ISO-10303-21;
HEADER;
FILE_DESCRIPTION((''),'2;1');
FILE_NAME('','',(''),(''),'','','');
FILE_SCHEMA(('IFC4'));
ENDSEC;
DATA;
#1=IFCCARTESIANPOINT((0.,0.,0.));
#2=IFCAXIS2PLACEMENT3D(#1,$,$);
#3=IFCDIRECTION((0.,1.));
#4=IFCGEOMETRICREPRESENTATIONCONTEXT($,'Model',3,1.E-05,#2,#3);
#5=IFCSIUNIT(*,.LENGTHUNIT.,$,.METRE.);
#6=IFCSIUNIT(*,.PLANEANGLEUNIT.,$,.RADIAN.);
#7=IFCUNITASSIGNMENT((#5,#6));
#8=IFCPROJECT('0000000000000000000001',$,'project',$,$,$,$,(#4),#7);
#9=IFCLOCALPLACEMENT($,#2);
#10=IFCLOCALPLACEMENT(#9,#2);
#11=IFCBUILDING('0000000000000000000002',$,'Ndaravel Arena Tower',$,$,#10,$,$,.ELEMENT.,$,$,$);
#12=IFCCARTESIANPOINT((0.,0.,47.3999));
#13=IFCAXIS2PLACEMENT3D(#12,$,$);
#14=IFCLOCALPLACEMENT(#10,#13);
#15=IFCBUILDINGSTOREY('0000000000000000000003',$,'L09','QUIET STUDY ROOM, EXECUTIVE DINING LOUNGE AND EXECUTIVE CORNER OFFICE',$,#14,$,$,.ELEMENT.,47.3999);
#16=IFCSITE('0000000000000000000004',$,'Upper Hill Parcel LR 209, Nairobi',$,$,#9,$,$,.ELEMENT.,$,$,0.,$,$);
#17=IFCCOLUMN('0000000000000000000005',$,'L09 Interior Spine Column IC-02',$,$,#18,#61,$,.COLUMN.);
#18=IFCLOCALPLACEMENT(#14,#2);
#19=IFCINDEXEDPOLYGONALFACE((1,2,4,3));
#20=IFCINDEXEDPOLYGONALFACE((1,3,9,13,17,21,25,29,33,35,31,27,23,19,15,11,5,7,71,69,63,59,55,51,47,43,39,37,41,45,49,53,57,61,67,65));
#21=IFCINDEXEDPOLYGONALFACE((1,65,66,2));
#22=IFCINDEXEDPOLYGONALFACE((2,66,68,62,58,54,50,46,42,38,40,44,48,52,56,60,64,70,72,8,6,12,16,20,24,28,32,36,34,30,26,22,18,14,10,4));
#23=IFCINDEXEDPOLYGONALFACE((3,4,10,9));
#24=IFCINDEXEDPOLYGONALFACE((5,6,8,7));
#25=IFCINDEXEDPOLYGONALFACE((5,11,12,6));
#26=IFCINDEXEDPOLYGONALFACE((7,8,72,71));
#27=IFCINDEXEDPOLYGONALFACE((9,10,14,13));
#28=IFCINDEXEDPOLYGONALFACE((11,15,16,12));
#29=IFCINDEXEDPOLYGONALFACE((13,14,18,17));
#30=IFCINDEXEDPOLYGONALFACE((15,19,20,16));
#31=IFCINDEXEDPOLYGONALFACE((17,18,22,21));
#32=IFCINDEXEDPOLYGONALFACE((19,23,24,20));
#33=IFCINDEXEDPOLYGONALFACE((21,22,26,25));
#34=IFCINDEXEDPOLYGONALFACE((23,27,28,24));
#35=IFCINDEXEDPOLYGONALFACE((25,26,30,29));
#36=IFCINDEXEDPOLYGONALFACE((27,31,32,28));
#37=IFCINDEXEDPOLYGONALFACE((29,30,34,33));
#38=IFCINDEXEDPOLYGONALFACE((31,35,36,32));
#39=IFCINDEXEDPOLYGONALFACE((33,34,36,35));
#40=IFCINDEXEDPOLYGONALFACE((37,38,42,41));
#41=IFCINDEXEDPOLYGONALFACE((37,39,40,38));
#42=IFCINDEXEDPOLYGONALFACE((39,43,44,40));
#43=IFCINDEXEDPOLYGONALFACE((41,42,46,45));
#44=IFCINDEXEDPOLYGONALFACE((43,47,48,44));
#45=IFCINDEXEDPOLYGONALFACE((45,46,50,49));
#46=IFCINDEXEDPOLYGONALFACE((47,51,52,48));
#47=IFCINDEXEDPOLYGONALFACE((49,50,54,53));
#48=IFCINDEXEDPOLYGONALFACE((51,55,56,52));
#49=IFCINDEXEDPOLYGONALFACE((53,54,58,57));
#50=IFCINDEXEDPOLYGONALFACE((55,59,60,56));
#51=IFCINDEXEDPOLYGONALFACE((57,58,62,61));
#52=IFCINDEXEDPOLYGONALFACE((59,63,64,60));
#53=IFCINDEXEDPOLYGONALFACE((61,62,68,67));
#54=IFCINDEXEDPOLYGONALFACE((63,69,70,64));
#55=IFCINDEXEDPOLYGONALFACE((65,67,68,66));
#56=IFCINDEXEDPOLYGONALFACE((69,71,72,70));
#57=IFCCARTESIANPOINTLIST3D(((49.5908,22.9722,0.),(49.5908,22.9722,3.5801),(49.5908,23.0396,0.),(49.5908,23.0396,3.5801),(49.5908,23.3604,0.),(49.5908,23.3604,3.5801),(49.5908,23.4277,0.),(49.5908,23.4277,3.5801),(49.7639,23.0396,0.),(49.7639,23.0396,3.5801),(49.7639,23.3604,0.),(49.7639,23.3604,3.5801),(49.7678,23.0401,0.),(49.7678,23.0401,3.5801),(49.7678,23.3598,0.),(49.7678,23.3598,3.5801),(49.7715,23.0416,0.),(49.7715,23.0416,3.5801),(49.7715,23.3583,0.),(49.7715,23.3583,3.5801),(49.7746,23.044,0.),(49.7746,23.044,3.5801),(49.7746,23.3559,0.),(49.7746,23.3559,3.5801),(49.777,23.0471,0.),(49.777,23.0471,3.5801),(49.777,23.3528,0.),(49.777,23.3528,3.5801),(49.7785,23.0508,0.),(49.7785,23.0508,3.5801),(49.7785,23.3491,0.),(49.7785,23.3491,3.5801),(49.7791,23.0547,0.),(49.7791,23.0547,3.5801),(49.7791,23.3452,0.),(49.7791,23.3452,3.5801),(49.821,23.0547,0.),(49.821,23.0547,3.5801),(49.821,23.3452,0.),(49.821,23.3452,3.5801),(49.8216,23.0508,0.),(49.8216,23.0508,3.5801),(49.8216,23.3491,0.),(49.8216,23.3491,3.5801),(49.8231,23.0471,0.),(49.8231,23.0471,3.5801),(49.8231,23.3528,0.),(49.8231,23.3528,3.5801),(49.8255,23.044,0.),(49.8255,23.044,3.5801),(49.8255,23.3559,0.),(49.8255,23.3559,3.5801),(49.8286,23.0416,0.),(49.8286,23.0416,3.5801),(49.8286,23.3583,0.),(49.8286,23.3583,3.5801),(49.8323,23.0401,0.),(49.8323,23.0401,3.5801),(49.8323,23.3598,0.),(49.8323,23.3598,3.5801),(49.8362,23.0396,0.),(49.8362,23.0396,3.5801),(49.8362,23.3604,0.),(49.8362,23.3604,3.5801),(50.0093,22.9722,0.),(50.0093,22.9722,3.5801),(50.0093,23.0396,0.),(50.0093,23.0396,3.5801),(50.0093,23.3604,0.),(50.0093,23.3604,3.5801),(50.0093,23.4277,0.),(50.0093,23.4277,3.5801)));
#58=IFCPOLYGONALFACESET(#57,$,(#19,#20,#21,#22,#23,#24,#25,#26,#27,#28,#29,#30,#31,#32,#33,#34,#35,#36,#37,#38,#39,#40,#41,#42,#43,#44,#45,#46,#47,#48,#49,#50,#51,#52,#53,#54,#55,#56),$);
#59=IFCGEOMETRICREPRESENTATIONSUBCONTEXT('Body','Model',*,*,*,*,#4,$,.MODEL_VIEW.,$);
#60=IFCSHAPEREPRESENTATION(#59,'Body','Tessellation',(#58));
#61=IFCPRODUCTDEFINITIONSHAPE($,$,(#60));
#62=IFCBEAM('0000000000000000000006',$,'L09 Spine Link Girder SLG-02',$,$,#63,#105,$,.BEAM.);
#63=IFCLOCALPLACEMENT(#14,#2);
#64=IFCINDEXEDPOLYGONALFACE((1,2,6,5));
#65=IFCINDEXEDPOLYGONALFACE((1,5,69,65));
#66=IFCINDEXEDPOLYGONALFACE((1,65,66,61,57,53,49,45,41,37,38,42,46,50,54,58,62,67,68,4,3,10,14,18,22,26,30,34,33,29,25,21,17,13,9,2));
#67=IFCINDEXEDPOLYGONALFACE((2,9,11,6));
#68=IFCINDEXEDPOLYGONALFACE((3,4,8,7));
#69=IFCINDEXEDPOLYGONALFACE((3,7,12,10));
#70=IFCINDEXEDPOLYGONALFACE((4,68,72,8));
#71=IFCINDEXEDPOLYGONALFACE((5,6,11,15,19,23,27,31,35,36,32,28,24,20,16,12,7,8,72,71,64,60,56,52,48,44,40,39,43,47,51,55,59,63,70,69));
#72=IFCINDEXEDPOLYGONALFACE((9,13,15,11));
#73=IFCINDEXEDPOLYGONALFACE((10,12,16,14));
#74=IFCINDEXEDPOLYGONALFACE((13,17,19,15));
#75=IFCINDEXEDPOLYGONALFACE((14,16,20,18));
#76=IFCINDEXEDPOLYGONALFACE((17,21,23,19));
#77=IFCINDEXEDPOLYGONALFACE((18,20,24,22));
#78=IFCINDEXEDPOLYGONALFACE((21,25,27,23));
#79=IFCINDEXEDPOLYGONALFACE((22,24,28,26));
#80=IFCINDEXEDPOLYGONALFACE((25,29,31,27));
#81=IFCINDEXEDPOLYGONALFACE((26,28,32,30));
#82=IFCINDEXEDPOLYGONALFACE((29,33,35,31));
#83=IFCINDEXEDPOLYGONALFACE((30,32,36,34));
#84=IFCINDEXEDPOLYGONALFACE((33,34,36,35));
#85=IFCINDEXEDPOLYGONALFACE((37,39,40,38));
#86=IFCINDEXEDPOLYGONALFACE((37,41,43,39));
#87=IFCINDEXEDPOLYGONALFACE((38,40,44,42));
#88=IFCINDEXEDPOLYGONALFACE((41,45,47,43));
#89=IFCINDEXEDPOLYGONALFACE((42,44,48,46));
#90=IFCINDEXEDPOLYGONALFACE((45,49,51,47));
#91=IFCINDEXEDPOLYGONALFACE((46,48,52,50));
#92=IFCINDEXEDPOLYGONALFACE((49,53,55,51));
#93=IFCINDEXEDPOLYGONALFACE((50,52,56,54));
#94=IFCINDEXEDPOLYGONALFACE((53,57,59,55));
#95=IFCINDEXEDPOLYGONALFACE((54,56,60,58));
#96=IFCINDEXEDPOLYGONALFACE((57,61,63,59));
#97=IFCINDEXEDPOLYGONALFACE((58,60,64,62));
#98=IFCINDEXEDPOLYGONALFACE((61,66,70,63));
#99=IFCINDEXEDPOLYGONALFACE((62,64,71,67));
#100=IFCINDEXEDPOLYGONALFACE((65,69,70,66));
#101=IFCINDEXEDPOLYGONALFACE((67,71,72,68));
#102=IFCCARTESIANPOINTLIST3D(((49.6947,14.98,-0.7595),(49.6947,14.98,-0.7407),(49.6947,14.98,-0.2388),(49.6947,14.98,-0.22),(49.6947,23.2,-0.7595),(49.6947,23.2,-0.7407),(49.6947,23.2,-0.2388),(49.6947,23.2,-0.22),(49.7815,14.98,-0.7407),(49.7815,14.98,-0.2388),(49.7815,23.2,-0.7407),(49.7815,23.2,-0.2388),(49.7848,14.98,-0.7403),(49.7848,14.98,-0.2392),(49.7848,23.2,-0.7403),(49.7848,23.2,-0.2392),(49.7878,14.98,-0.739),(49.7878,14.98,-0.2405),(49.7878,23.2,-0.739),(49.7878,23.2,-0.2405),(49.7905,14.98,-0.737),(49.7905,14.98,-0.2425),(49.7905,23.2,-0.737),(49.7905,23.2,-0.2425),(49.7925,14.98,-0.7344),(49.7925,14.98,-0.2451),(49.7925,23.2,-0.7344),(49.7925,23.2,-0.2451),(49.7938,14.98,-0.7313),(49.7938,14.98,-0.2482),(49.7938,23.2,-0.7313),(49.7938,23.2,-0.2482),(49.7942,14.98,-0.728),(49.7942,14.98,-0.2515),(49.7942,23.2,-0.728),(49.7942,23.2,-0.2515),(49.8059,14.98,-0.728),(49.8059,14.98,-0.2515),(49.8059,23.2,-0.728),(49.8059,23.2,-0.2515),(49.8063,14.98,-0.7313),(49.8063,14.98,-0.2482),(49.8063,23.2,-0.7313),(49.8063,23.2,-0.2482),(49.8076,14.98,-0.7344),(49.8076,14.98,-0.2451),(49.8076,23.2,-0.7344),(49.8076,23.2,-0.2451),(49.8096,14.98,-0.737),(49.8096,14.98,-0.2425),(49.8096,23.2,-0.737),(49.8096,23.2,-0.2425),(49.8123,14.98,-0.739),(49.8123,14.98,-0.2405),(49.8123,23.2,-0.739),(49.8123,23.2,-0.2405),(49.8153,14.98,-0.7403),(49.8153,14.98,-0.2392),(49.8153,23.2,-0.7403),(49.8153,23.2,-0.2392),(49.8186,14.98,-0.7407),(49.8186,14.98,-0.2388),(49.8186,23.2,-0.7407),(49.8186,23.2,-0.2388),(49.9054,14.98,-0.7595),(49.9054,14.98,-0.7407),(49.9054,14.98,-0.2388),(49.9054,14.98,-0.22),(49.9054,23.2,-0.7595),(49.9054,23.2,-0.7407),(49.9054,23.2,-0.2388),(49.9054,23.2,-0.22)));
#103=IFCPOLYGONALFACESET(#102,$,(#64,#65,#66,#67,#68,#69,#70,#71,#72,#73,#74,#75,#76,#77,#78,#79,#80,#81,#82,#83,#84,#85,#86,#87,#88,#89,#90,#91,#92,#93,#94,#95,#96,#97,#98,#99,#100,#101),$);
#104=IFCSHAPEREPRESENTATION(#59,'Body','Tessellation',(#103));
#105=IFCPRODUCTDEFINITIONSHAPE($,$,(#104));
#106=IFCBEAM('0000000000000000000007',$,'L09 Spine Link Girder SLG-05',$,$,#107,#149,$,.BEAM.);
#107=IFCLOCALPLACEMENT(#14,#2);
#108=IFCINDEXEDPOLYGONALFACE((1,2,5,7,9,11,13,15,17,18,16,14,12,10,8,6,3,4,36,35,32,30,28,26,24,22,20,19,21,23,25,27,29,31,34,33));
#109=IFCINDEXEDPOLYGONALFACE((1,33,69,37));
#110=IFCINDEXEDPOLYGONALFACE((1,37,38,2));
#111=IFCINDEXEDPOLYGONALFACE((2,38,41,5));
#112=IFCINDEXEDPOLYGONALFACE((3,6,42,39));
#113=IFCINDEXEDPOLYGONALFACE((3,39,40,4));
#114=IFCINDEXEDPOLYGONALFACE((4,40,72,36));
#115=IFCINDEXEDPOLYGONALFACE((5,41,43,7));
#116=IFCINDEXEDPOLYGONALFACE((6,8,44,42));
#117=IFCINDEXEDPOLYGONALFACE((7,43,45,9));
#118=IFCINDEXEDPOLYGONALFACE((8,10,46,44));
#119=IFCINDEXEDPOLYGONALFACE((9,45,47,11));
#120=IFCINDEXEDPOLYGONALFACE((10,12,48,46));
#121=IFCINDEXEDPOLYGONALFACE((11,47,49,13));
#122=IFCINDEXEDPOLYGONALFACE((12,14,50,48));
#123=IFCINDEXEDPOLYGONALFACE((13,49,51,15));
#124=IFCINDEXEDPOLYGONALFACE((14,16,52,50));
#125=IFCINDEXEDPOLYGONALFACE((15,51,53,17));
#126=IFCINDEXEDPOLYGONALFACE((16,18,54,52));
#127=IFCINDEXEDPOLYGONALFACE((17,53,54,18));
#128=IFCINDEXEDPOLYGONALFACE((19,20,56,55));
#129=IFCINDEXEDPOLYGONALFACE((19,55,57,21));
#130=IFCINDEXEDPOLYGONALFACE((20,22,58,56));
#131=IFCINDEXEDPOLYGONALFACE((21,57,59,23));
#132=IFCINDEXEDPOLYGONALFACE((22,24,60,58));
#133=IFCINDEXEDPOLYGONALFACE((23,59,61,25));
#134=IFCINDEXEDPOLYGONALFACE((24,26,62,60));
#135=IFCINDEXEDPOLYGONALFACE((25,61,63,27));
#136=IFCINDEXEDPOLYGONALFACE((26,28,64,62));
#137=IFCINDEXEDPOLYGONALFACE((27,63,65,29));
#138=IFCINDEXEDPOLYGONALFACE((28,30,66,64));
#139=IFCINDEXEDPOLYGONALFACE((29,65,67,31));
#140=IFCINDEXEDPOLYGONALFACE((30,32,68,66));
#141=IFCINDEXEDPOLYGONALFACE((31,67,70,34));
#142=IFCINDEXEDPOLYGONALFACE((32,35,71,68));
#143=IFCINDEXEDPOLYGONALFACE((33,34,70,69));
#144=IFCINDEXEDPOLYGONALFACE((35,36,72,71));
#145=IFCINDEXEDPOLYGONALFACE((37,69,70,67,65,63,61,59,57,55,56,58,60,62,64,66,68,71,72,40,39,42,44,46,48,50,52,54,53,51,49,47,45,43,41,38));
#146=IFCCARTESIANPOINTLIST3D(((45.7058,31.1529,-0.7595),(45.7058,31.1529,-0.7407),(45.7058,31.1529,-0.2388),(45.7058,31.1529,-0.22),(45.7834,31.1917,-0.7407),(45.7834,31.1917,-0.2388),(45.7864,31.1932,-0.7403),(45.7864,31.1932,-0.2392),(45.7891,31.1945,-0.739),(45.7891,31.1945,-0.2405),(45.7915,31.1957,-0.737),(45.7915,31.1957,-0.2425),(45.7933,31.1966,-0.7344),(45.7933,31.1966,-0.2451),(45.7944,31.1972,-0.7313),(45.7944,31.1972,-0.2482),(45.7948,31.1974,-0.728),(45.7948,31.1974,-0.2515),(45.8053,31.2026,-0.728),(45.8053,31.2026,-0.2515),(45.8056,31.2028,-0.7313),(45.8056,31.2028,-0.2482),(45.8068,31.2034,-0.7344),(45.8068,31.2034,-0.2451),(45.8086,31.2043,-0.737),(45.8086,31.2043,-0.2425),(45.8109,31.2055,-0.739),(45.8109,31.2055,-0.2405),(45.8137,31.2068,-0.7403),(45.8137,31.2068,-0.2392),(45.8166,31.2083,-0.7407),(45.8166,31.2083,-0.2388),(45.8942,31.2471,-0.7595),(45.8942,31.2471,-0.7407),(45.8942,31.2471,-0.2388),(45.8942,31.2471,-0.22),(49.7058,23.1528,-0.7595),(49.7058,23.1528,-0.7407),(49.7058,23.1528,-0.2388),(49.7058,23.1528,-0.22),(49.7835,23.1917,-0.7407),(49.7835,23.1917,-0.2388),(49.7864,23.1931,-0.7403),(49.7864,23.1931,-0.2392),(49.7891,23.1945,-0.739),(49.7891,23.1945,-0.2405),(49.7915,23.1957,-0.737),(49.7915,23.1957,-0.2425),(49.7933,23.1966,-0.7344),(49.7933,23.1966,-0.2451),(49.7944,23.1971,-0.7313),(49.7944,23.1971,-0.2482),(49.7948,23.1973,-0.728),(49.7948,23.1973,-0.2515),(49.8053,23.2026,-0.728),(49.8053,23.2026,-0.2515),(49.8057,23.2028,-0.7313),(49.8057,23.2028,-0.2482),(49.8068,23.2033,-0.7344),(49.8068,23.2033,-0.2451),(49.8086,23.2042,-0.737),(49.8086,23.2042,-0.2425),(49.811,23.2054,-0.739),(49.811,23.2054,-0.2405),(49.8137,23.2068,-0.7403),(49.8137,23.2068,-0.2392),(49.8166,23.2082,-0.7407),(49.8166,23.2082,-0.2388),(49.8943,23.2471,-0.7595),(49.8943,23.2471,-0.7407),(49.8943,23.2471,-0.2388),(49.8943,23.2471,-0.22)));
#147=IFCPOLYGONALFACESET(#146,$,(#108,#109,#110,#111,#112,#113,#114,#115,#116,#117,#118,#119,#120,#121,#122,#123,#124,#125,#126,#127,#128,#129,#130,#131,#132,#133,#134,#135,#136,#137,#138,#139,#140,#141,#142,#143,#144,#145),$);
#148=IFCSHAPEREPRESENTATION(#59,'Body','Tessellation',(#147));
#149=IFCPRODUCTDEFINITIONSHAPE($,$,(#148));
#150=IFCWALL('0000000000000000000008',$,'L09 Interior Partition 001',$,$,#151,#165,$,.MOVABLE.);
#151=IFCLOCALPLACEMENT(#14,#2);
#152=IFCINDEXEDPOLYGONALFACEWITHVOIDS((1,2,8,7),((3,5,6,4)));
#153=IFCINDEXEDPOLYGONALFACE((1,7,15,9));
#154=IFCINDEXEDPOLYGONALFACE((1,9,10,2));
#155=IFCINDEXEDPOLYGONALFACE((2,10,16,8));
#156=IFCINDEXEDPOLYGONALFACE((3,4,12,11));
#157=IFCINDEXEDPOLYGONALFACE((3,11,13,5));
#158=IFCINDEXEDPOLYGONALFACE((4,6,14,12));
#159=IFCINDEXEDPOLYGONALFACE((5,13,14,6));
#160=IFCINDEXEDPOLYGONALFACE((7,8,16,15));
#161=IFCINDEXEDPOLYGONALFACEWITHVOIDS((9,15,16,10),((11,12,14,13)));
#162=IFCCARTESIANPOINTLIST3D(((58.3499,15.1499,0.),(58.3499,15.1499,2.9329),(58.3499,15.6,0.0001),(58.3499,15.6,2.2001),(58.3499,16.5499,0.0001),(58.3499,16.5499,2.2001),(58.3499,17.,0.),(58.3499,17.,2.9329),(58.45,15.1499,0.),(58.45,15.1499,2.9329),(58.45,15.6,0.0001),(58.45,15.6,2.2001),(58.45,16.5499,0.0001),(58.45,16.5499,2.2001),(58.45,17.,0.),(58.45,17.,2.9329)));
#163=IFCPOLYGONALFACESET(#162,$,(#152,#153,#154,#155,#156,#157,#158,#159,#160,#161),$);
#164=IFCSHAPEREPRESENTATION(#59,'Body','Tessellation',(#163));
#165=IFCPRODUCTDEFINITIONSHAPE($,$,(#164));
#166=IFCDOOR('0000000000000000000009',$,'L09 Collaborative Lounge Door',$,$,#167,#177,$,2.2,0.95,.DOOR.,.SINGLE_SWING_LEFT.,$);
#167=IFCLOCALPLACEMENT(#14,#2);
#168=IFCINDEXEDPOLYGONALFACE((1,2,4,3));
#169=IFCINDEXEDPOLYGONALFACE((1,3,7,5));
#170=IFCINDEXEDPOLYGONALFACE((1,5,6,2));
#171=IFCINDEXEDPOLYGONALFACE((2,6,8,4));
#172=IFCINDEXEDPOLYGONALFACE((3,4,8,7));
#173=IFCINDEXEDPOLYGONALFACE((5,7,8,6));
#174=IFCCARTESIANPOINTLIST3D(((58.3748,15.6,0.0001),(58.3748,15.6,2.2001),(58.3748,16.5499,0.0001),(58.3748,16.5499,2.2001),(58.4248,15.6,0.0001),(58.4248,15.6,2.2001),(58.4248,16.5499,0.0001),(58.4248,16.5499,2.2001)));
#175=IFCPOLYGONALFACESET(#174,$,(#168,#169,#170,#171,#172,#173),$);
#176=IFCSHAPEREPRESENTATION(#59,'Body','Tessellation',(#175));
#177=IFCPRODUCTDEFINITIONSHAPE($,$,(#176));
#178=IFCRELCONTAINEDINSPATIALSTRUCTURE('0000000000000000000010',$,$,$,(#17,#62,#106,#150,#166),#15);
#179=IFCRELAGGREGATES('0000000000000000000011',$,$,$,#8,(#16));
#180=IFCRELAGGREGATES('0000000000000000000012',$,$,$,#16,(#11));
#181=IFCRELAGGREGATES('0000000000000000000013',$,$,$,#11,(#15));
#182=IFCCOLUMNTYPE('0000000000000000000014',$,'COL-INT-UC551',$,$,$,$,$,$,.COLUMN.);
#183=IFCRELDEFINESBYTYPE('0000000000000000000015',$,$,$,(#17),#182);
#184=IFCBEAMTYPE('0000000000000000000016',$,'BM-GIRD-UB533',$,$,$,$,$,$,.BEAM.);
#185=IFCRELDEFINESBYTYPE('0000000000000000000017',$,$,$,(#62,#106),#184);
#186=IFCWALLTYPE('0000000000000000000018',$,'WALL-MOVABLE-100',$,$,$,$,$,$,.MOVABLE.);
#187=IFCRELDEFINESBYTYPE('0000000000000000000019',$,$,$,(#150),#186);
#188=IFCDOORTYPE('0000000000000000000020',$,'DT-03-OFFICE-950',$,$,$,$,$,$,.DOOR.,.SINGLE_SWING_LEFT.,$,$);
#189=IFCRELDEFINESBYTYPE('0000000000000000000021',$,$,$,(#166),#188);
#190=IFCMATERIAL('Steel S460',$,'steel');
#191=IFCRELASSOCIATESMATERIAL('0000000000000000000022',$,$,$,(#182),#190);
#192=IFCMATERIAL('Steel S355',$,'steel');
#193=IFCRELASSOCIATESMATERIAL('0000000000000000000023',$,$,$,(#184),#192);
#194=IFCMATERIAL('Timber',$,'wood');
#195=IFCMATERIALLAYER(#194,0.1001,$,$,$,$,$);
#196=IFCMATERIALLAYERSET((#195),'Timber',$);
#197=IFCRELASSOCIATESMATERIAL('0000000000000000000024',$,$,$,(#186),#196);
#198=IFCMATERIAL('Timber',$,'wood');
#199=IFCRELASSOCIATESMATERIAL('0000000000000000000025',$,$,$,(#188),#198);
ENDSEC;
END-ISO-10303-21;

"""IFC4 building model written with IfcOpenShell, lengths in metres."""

from ifc_helpers import new_model, si_unit, direction, frame, frame_2d, origin, origin_2d, place, context, subcontext, project, spatial, rectangle, i_section, extrude, material, layer, layer_set, material_profile, profile_set, type_object, element, fill, save


model = new_model("IFC4")

# Units and contexts
model_context = context("Model", 3, precision=1e-05, world=origin(), true_north=direction((0.0, 1.0)))
body_context = subcontext(model_context, "Body", "Model", "MODEL_VIEW")
ifc_project = project(units=[si_unit("LENGTHUNIT", "METRE"), si_unit("PLANEANGLEUNIT", "RADIAN")], contexts=[model_context])

# Site, building, storey
site_placement = place(None, origin())
site = spatial("IfcSite", under=ifc_project, at=site_placement, Name="Upper Hill Parcel LR 209, Nairobi", CompositionType="ELEMENT", RefElevation=0.0)
building_placement = place(site_placement, origin())
building = spatial("IfcBuilding", under=site, at=building_placement, Name="Ndaravel Arena Tower", CompositionType="ELEMENT")
storey_placement = place(building_placement, frame((0.0, 0.0, 47.3999)))
storey = spatial("IfcBuildingStorey", under=building, at=storey_placement, Name="L09", Description="QUIET STUDY ROOM, EXECUTIVE DINING LOUNGE AND EXECUTIVE CORNER OFFICE", CompositionType="ELEMENT", Elevation=47.3999)

# Column
ifc_material_1 = material(Name="Steel S460", Category="steel")
ifc_material_profile_1 = material_profile(ifc_material_1, i_section(OverallWidth=0.4185, OverallDepth=0.4556, WebThickness=0.042, FlangeThickness=0.0674, FilletRadius=0.0151, at=origin_2d()), Name="UC 356x406x551")
ifc_profile_set_1 = profile_set([ifc_material_profile_1], Name="Steel S460")
column_type = type_object("IfcColumnType", Name="COL-INT-UC551", PredefinedType="COLUMN", material=ifc_profile_set_1)
column_placement = place(storey_placement, frame((49.8, 23.2, 0.0), z_axis=(0.0, 0.0, 1.0), x_axis=(1.0, 0.0, 0.0)))
element("IfcColumn", 1, at=column_placement, inside=storey, type_object=column_type, Name="L09 Interior Spine Column IC-02", PredefinedType="COLUMN", context=body_context, shape_type="SweptSolid", body=[
    extrude(i_section(OverallWidth=0.4185, OverallDepth=0.4556, WebThickness=0.042, FlangeThickness=0.0674, FilletRadius=0.0151, at=origin_2d()), origin(), (0.0, 0.0, 1.0), 3.5801),
])

# Beams
ifc_material_2 = material(Name="Steel S355", Category="steel")
ifc_material_profile_2 = material_profile(ifc_material_2, i_section(OverallWidth=0.2107, OverallDepth=0.5396, WebThickness=0.0117, FlangeThickness=0.0188, FilletRadius=0.0127, at=origin_2d()), Name="UB 533x210x109")
ifc_profile_set_2 = profile_set([ifc_material_profile_2], Name="Steel S355")
beam_type = type_object("IfcBeamType", Name="BM-GIRD-UB533", PredefinedType="BEAM", material=ifc_profile_set_2)
beam_1_placement = place(storey_placement, frame((49.8, 14.98, -0.4897), z_axis=(0.0, 1.0, 0.0), x_axis=(-1.0, 0.0, 0.0)))
element("IfcBeam", 2, at=beam_1_placement, inside=storey, type_object=beam_type, Name="L09 Spine Link Girder SLG-02", PredefinedType="BEAM", context=body_context, shape_type="SweptSolid", body=[
    extrude(i_section(OverallWidth=0.2107, OverallDepth=0.5396, WebThickness=0.0117, FlangeThickness=0.0188, FilletRadius=0.0127, at=origin_2d()), origin(), (0.0, 0.0, 1.0), 8.22),
])
beam_2_placement = place(storey_placement, frame((49.8, 23.2, -0.4897), z_axis=(-0.447214, 0.894427, 0.0), x_axis=(-0.894427, -0.447214, 0.0)))
element("IfcBeam", 3, at=beam_2_placement, inside=storey, type_object=beam_type, Name="L09 Spine Link Girder SLG-05", PredefinedType="BEAM", context=body_context, shape_type="SweptSolid", body=[
    extrude(i_section(OverallWidth=0.2107, OverallDepth=0.5396, WebThickness=0.0117, FlangeThickness=0.0188, FilletRadius=0.0127, at=origin_2d()), origin(), (0.0, 0.0, 1.0), 8.9443),
])

# Wall, opening, door
ifc_material_3 = material(Name="Timber", Category="wood")
ifc_layer_1 = layer(ifc_material_3, 0.1001)
ifc_layer_set_1 = layer_set([ifc_layer_1], Name="Timber")
wall_type_1 = type_object("IfcWallType", Name="WALL-MOVABLE-100", PredefinedType="MOVABLE", material=ifc_layer_set_1)
wall_1_placement = place(storey_placement, frame((58.3999, 17.0, 0.0), z_axis=(0.0, 0.0, 1.0), x_axis=(0.0, -1.0, 0.0)))
wall_1 = element("IfcWall", 4, at=wall_1_placement, inside=storey, type_object=wall_type_1, Name="L09 Interior Partition 001", PredefinedType="MOVABLE", context=body_context, shape_type="SweptSolid", body=[
    extrude(rectangle(XDim=1.8501, YDim=0.1001, at=frame_2d((0.925, 0.0))), origin(), (0.0, 0.0, 1.0), 2.9329),
])
opening_1_placement = place(wall_1_placement, frame((0.45, 0.0, 0.0)))
opening_1 = element("IfcOpeningElement", 5, at=opening_1_placement, cuts=wall_1, PredefinedType="OPENING", context=body_context, shape_type="SweptSolid", body=[
    extrude(rectangle(XDim=0.95, YDim=2.2, at=frame_2d((0.4751, 1.1001))), frame((0.0, 0.05, 0.0), z_axis=(0.0, -1.0, 0.0), x_axis=(1.0, 0.0, 0.0)), (0.0, 0.0, 1.0), 0.1001),
])
ifc_material_4 = material(Name="Timber", Category="wood")
door_type_1 = type_object("IfcDoorType", Name="DT-03-OFFICE-950", OperationType="SINGLE_SWING_LEFT", PredefinedType="DOOR", material=ifc_material_4)
door_1_placement = place(opening_1_placement, origin())
door_1 = element("IfcDoor", 6, at=door_1_placement, inside=storey, type_object=door_type_1, Name="L09 Collaborative Lounge Door", OperationType="SINGLE_SWING_LEFT", OverallHeight=2.2, OverallWidth=0.95, PredefinedType="DOOR", context=body_context, shape_type="SweptSolid", body=[
    extrude(rectangle(XDim=0.95, YDim=2.2, at=frame_2d((0.4751, 1.1001))), frame((0.0, 0.0249, 0.0), z_axis=(0.0, -1.0, 0.0), x_axis=(1.0, 0.0, 0.0)), (0.0, 0.0, 1.0), 0.05),
])
fill(opening_1, door_1)

save(model, "model.ifc")
